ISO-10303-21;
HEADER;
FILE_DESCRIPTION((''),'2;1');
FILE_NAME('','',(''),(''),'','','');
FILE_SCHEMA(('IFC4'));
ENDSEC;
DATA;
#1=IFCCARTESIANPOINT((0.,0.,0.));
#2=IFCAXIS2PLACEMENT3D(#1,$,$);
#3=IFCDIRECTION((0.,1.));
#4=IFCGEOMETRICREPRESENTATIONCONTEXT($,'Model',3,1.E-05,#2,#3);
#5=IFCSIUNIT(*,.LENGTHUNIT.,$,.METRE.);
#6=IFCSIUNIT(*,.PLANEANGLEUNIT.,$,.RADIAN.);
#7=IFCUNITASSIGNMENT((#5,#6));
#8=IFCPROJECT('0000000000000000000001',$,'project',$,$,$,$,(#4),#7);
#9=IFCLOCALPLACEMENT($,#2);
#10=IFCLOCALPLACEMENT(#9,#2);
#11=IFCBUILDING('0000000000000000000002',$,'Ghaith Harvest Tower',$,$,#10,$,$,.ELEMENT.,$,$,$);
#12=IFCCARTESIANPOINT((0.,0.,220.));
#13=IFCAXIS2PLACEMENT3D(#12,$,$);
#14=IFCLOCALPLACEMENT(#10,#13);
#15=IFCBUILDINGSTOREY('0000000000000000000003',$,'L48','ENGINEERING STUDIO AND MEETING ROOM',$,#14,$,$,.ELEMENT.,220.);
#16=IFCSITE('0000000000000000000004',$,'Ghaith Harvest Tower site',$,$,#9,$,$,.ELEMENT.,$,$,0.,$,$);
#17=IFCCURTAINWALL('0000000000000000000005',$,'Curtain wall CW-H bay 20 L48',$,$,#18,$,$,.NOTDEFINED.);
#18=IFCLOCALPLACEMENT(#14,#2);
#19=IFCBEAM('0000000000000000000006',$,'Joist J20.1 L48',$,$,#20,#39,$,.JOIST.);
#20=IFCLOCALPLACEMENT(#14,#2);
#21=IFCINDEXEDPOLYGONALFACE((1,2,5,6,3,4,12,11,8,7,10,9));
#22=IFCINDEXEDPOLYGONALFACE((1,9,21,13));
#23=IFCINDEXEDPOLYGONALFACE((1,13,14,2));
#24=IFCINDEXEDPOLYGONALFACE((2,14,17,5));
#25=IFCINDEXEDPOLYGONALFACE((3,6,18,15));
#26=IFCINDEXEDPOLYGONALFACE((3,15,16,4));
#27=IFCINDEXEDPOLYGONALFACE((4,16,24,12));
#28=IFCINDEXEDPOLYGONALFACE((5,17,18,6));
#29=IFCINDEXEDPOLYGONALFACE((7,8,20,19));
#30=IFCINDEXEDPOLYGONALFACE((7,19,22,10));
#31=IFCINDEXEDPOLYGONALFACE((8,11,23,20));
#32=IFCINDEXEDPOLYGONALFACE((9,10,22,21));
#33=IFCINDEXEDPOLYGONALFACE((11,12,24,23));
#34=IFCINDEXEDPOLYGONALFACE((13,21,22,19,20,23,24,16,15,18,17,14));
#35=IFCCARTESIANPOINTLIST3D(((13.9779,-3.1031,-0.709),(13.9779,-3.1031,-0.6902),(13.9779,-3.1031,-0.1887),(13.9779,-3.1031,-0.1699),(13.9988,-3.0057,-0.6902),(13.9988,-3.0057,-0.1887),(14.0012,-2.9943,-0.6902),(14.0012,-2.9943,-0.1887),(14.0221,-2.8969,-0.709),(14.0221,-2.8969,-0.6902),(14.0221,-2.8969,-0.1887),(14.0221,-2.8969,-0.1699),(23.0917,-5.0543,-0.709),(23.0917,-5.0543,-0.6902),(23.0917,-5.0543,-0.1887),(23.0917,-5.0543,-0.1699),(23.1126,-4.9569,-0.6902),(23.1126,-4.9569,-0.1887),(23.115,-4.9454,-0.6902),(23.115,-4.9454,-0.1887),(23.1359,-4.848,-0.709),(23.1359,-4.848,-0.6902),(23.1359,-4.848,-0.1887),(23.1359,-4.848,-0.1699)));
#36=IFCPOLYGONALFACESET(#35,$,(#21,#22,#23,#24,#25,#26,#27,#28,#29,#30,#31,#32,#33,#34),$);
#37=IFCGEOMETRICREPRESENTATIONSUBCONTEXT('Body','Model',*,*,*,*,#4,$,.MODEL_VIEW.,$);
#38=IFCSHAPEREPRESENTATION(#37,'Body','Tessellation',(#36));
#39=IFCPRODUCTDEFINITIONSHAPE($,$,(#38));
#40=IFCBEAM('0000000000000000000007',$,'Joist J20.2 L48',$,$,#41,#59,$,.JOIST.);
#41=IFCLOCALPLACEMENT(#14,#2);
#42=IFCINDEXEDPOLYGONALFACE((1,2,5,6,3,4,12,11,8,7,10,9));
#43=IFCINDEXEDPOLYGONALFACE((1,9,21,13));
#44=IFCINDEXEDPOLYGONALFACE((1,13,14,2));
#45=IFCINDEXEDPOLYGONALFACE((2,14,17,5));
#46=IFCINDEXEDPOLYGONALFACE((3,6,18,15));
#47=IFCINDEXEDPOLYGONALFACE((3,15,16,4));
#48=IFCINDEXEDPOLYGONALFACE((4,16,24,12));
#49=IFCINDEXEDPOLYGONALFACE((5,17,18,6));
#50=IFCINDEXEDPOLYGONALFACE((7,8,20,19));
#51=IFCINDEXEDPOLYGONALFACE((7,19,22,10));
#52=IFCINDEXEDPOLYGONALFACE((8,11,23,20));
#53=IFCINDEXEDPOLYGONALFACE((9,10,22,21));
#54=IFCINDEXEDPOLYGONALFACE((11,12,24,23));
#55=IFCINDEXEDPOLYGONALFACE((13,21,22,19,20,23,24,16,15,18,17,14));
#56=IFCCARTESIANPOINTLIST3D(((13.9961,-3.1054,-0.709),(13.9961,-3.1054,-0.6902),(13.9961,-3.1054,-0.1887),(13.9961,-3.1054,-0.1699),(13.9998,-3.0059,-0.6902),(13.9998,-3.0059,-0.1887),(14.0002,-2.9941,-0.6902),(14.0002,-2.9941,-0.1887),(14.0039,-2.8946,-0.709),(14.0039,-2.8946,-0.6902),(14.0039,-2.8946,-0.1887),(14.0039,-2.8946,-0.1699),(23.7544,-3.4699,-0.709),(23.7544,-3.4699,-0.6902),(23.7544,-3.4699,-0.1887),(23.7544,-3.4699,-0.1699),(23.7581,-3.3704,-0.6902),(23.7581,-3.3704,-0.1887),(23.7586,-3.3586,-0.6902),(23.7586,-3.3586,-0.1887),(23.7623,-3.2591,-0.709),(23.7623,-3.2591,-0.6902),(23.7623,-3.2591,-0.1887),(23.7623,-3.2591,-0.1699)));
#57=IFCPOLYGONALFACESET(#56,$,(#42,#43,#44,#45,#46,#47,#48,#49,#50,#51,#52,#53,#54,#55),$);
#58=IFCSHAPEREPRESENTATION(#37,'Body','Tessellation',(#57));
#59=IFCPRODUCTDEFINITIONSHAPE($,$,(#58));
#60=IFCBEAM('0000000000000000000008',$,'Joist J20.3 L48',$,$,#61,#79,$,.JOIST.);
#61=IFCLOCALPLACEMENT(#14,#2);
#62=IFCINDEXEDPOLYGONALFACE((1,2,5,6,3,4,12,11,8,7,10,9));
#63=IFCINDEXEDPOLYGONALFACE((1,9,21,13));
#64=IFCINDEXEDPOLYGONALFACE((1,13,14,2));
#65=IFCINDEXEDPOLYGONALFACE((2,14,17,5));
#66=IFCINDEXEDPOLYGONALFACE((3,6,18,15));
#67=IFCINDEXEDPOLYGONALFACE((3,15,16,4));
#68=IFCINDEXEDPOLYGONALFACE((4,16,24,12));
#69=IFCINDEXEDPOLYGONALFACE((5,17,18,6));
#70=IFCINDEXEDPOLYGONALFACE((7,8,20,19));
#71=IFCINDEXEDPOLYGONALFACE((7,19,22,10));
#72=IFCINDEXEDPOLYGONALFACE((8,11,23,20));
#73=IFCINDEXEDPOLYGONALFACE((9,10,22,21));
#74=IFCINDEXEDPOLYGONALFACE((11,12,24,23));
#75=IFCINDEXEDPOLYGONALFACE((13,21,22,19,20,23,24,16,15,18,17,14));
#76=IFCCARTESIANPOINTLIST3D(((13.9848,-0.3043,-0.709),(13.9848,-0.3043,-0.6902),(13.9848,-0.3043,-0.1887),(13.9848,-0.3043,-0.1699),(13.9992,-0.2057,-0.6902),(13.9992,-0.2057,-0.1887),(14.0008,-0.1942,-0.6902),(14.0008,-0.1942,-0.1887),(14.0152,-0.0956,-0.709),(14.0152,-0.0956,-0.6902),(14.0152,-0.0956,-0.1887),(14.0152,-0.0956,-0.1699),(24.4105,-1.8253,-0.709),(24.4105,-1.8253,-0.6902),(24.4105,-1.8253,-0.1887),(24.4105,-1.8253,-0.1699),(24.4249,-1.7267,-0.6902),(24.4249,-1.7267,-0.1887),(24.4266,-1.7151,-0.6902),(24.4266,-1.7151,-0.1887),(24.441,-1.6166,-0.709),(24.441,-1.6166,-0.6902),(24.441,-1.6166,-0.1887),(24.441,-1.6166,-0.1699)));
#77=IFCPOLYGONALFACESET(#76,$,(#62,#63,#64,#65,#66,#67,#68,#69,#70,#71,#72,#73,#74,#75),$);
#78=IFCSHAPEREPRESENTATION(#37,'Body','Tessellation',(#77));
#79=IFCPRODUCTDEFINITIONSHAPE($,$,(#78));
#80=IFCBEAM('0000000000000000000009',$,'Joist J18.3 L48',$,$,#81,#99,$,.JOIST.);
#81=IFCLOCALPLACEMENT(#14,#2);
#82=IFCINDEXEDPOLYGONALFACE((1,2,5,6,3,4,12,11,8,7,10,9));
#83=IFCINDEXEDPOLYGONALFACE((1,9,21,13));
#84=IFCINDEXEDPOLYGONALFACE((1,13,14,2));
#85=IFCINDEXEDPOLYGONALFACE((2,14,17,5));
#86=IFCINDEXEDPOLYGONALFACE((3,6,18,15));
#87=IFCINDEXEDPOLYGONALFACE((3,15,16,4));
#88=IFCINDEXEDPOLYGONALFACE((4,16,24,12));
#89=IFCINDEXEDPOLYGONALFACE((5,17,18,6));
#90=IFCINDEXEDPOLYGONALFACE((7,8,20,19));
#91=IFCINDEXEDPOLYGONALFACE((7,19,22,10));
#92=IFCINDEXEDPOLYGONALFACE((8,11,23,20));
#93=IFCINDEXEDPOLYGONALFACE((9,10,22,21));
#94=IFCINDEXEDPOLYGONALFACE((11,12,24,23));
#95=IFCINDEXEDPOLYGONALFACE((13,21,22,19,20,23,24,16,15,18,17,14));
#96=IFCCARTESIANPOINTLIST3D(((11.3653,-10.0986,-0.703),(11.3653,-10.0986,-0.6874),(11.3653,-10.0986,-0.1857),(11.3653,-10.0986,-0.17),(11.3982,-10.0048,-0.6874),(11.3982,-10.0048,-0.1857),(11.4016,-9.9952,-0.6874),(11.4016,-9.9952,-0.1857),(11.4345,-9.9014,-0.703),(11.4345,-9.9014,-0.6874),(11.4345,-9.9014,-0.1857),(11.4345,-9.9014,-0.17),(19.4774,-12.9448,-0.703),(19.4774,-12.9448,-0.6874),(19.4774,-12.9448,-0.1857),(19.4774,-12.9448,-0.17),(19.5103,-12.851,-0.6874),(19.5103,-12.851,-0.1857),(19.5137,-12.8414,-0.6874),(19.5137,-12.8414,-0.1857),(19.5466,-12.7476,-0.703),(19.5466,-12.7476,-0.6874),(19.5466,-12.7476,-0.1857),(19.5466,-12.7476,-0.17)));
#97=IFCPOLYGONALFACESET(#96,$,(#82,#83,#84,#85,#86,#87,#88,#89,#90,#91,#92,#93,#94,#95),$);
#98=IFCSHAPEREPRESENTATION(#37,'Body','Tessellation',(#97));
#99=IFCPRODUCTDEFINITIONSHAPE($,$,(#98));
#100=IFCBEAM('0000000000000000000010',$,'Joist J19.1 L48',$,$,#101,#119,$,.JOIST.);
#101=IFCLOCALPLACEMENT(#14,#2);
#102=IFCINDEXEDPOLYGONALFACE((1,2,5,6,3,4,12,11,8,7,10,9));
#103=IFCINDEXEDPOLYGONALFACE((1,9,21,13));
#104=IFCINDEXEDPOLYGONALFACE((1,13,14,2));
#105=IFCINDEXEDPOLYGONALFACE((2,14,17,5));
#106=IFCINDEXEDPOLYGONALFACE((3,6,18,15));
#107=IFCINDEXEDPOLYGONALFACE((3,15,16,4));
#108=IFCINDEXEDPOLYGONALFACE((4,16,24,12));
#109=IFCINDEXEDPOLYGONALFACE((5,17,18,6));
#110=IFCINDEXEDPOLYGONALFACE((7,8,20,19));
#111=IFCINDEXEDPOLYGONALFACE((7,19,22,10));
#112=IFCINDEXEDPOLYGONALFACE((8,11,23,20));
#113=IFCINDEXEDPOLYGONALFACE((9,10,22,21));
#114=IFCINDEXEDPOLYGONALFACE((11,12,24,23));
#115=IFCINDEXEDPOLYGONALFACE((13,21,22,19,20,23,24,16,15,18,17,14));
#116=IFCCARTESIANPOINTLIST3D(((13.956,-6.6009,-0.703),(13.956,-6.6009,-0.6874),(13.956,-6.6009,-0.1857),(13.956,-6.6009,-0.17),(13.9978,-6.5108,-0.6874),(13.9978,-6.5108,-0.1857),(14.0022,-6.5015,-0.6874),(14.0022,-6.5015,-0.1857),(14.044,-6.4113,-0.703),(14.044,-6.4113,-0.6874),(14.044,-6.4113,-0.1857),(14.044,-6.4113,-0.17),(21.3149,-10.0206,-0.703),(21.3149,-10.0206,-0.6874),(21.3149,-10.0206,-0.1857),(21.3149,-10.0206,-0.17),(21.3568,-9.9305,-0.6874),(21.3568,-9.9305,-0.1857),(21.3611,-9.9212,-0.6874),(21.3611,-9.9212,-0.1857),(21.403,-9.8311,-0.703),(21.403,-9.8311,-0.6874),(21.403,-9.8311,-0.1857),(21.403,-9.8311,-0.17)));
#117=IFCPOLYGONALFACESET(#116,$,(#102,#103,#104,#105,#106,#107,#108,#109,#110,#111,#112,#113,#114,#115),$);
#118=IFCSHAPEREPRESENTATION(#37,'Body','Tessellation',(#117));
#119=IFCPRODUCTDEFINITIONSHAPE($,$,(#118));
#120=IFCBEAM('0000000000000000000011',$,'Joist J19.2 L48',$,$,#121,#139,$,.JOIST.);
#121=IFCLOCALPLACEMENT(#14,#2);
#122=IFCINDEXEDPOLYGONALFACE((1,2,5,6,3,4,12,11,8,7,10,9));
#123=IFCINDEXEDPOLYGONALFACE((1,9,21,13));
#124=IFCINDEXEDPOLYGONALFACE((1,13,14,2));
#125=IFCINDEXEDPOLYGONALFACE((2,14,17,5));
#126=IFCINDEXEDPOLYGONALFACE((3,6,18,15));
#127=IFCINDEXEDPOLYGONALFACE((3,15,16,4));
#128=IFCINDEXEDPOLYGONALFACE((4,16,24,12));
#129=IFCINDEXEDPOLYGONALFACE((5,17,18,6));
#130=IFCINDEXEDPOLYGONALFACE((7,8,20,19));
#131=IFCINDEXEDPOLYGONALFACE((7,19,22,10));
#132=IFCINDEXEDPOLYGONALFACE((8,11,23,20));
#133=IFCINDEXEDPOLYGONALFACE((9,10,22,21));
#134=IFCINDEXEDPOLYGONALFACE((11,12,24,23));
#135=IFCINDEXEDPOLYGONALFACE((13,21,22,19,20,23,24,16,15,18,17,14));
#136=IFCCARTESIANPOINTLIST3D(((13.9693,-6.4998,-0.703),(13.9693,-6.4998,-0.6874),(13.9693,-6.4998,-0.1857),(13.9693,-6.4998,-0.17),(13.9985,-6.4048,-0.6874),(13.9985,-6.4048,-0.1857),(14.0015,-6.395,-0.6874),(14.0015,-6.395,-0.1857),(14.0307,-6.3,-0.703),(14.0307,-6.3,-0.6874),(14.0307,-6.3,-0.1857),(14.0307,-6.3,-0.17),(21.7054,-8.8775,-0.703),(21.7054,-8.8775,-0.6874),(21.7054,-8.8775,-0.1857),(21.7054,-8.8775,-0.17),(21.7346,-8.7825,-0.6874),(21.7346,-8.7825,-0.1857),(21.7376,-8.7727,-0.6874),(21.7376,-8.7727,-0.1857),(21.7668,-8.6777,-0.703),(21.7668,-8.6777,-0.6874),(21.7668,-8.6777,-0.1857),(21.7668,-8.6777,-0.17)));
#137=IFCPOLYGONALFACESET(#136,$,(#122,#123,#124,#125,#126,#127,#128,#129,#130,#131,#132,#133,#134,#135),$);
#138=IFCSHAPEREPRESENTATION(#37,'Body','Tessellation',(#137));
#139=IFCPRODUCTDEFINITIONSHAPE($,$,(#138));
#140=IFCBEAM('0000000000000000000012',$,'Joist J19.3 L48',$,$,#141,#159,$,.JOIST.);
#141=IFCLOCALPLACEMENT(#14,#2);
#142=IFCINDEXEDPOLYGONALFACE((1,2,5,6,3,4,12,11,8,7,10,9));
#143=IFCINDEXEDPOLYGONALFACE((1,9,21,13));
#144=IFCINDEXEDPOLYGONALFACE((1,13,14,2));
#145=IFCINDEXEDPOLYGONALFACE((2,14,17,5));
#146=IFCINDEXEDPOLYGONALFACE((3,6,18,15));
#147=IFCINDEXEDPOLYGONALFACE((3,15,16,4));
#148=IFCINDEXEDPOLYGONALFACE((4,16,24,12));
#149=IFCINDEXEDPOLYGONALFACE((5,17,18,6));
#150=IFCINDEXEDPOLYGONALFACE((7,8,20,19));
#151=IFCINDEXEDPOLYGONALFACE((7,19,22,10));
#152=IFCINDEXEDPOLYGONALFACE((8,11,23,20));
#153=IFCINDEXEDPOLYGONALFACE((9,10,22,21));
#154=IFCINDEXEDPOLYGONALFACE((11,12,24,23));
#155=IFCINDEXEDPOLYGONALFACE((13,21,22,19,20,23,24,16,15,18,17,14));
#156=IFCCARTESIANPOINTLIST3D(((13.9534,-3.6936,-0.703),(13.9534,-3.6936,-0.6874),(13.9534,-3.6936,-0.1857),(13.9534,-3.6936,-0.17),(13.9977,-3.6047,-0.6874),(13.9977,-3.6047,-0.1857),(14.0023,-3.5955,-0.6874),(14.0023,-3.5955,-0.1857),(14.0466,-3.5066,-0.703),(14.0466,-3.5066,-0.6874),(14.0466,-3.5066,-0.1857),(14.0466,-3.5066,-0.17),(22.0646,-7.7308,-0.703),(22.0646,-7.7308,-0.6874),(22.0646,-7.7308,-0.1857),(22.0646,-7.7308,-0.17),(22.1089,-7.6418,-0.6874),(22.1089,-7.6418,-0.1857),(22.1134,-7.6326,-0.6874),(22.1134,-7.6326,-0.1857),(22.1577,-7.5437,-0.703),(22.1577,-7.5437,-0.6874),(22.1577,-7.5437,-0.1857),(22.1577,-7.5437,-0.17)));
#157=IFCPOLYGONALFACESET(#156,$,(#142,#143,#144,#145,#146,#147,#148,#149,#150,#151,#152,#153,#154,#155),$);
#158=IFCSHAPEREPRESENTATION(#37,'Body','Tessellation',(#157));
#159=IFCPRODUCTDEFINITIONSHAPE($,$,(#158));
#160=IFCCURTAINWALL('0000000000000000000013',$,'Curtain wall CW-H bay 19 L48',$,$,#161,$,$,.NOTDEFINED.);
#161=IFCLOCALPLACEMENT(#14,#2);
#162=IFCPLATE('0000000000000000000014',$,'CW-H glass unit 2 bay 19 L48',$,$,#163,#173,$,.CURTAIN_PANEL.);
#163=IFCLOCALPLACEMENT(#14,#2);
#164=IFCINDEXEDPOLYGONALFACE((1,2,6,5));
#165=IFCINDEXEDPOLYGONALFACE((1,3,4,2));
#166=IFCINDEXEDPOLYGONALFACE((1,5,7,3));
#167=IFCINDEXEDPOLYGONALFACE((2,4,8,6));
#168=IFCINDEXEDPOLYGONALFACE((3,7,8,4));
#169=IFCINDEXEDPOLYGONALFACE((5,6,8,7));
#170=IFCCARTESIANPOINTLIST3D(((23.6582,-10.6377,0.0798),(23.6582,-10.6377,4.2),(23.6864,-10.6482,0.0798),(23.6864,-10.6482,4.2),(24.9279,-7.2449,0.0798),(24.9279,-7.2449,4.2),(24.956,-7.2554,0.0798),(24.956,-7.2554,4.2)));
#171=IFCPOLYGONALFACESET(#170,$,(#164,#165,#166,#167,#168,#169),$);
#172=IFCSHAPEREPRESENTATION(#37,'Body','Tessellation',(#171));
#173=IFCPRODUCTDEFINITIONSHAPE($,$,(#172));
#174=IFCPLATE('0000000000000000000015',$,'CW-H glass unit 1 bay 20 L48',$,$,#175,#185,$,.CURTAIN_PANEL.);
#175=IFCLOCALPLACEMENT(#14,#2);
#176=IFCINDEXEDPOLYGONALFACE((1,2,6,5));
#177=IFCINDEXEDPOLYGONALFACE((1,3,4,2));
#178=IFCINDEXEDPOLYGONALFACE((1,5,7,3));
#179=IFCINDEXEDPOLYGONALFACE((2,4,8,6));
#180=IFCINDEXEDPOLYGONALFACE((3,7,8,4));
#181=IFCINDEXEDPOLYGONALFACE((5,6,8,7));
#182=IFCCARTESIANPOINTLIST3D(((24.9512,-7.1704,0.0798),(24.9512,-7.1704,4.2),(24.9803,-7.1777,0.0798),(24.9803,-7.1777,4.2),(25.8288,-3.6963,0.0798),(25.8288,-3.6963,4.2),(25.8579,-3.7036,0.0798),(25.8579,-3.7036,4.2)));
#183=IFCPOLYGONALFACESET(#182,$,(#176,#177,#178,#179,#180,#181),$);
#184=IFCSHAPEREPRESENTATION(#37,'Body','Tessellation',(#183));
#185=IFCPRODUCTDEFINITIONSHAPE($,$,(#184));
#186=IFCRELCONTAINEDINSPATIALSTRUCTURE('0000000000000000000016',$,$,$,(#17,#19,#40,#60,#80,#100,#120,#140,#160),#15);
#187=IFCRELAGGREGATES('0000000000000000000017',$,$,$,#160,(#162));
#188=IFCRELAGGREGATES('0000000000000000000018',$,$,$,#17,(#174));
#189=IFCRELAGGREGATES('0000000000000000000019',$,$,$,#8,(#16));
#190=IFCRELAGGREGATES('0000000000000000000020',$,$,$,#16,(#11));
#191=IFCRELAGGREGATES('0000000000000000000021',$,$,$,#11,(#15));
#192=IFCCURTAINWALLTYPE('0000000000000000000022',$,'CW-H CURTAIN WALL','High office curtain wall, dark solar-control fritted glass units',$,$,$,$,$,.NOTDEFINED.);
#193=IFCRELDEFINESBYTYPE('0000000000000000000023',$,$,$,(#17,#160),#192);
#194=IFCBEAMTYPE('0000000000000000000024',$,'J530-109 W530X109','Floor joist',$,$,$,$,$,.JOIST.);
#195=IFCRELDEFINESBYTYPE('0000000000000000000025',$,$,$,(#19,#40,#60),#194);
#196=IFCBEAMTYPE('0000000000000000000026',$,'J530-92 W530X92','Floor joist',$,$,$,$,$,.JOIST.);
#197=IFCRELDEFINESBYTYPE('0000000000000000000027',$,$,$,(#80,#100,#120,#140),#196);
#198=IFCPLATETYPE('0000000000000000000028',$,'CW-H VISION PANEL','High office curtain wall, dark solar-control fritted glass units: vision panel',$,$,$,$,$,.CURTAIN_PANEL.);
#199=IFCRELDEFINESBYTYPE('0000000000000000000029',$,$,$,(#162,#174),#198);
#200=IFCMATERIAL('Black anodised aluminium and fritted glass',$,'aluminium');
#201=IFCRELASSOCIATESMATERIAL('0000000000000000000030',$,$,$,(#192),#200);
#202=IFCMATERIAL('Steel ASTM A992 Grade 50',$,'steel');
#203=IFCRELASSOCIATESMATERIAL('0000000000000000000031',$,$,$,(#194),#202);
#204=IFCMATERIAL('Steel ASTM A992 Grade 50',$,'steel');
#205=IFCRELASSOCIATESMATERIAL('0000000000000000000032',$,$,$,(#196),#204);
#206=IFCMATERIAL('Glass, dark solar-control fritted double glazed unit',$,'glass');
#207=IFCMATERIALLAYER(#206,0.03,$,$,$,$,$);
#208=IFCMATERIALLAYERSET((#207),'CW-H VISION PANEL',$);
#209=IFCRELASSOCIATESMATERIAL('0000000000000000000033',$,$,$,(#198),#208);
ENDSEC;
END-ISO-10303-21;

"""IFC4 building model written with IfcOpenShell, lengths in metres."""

from ifc_helpers import new_model, si_unit, direction, frame, origin, origin_2d, place, context, subcontext, project, spatial, rectangle, i_section, extrude, material, layer, layer_set, material_profile, profile_set, type_object, element, aggregate, save


model = new_model("IFC4")

# Units and contexts
model_context = context("Model", 3, precision=1e-05, world=origin(), true_north=direction((0.0, 1.0)))
body_context = subcontext(model_context, "Body", "Model", "MODEL_VIEW")
ifc_project = project(units=[si_unit("LENGTHUNIT", "METRE"), si_unit("PLANEANGLEUNIT", "RADIAN")], contexts=[model_context])

# Site, building, storey
site_placement = place(None, origin())
site = spatial("IfcSite", under=ifc_project, at=site_placement, Name="Ghaith Harvest Tower site", CompositionType="ELEMENT", RefElevation=0.0)
building_placement = place(site_placement, origin())
building = spatial("IfcBuilding", under=site, at=building_placement, Name="Ghaith Harvest Tower", CompositionType="ELEMENT")
storey_placement = place(building_placement, frame((0.0, 0.0, 220.0)))
storey = spatial("IfcBuildingStorey", under=building, at=storey_placement, Name="L48", Description="ENGINEERING STUDIO AND MEETING ROOM", CompositionType="ELEMENT", Elevation=220.0)

# Curtain wall
ifc_material_1 = material(Name="Black anodised aluminium and fritted glass", Category="aluminium")
curtain_wall_type = type_object("IfcCurtainWallType", Name="CW-H CURTAIN WALL", Description="High office curtain wall, dark solar-control fritted glass units", PredefinedType="NOTDEFINED", material=ifc_material_1)
curtain_wall_1_placement = place(storey_placement, origin())
curtain_wall_1 = element("IfcCurtainWall", 1, at=curtain_wall_1_placement, inside=storey, type_object=curtain_wall_type, Name="Curtain wall CW-H bay 20 L48", PredefinedType="NOTDEFINED")

# Beams
ifc_material_2 = material(Name="Steel ASTM A992 Grade 50", Category="steel")
ifc_material_profile_1 = material_profile(ifc_material_2, i_section(OverallWidth=0.2109, OverallDepth=0.5391, WebThickness=0.0117, FlangeThickness=0.0188, at=origin_2d()), Name="W530X109")
ifc_profile_set_1 = profile_set([ifc_material_profile_1], Name="Steel ASTM A992 Grade 50")
beam_type_1 = type_object("IfcBeamType", Name="J530-109 W530X109", Description="Floor joist", PredefinedType="JOIST", material=ifc_profile_set_1)
beam_1_placement = place(storey_placement, frame((14.0, -3.0, -0.4395), z_axis=(0.977841, -0.209347, 0.0), x_axis=(0.209347, 0.977841, 0.0)))
element("IfcBeam", 2, at=beam_1_placement, inside=storey, type_object=beam_type_1, Name="Joist J20.1 L48", PredefinedType="JOIST", context=body_context, shape_type="SweptSolid", body=[
    extrude(i_section(OverallWidth=0.2109, OverallDepth=0.5391, WebThickness=0.0117, FlangeThickness=0.0188, at=origin_2d()), origin(), (0.0, 0.0, 1.0), 9.3203),
])
beam_2_placement = place(storey_placement, frame((14.0, -3.0, -0.4395), z_axis=(0.999303, -0.037327, 0.0), x_axis=(0.037327, 0.999303, 0.0)))
element("IfcBeam", 3, at=beam_2_placement, inside=storey, type_object=beam_type_1, Name="Joist J20.2 L48", PredefinedType="JOIST", context=body_context, shape_type="SweptSolid", body=[
    extrude(i_section(OverallWidth=0.2109, OverallDepth=0.5391, WebThickness=0.0117, FlangeThickness=0.0188, at=origin_2d()), origin(), (0.0, 0.0, 1.0), 9.7651),
])
beam_3_placement = place(storey_placement, frame((14.0, -0.2, -0.4395), z_axis=(0.989525, -0.14436, 0.0), x_axis=(0.14436, 0.989525, 0.0)))
element("IfcBeam", 4, at=beam_3_placement, inside=storey, type_object=beam_type_1, Name="Joist J20.3 L48", PredefinedType="JOIST", context=body_context, shape_type="SweptSolid", body=[
    extrude(i_section(OverallWidth=0.2109, OverallDepth=0.5391, WebThickness=0.0117, FlangeThickness=0.0188, at=origin_2d()), origin(), (0.0, 0.0, 1.0), 10.5361),
])
ifc_material_3 = material(Name="Steel ASTM A992 Grade 50", Category="steel")
ifc_material_profile_2 = material_profile(ifc_material_3, i_section(OverallWidth=0.209, OverallDepth=0.533, WebThickness=0.0103, FlangeThickness=0.0156, at=origin_2d()), Name="W530X92")
ifc_profile_set_2 = profile_set([ifc_material_profile_2], Name="Steel ASTM A992 Grade 50")
beam_type_2 = type_object("IfcBeamType", Name="J530-92 W530X92", Description="Floor joist", PredefinedType="JOIST", material=ifc_profile_set_2)
beam_4_placement = place(storey_placement, frame((11.3999, -10.0, -0.4365), z_axis=(0.943605, -0.331073, 0.0), x_axis=(0.331073, 0.943605, 0.0)))
element("IfcBeam", 5, at=beam_4_placement, inside=storey, type_object=beam_type_2, Name="Joist J18.3 L48", PredefinedType="JOIST", context=body_context, shape_type="SweptSolid", body=[
    extrude(i_section(OverallWidth=0.209, OverallDepth=0.533, WebThickness=0.0103, FlangeThickness=0.0156, at=origin_2d()), origin(), (0.0, 0.0, 1.0), 8.5969),
])
beam_5_placement = place(storey_placement, frame((14.0, -6.5061, -0.4365), z_axis=(0.906865, -0.421421, 0.0), x_axis=(0.421421, 0.906865, 0.0)))
element("IfcBeam", 6, at=beam_5_placement, inside=storey, type_object=beam_type_2, Name="Joist J19.1 L48", PredefinedType="JOIST", context=body_context, shape_type="SweptSolid", body=[
    extrude(i_section(OverallWidth=0.209, OverallDepth=0.533, WebThickness=0.0103, FlangeThickness=0.0156, at=origin_2d()), origin(), (0.0, 0.0, 1.0), 8.1147),
])
beam_6_placement = place(storey_placement, frame((14.0, -6.3999, -0.4365), z_axis=(0.955871, -0.293787, 0.0), x_axis=(0.293787, 0.955871, 0.0)))
element("IfcBeam", 7, at=beam_6_placement, inside=storey, type_object=beam_type_2, Name="Joist J19.2 L48", PredefinedType="JOIST", context=body_context, shape_type="SweptSolid", body=[
    extrude(i_section(OverallWidth=0.209, OverallDepth=0.533, WebThickness=0.0103, FlangeThickness=0.0156, at=origin_2d()), origin(), (0.0, 0.0, 1.0), 8.0933),
])
beam_7_placement = place(storey_placement, frame((14.0, -3.6001, -0.4365), z_axis=(0.895239, -0.445585, 0.0), x_axis=(0.445585, 0.895239, 0.0)))
element("IfcBeam", 8, at=beam_7_placement, inside=storey, type_object=beam_type_2, Name="Joist J19.3 L48", PredefinedType="JOIST", context=body_context, shape_type="SweptSolid", body=[
    extrude(i_section(OverallWidth=0.209, OverallDepth=0.533, WebThickness=0.0103, FlangeThickness=0.0156, at=origin_2d()), origin(), (0.0, 0.0, 1.0), 9.0603),
])

# Curtain wall, plate
curtain_wall_2_placement = place(storey_placement, origin())
curtain_wall_2 = element("IfcCurtainWall", 9, at=curtain_wall_2_placement, inside=storey, type_object=curtain_wall_type, Name="Curtain wall CW-H bay 19 L48", PredefinedType="NOTDEFINED")
ifc_material_4 = material(Name="Glass, dark solar-control fritted double glazed unit", Category="glass")
ifc_layer_1 = layer(ifc_material_4, 0.03)
ifc_layer_set_1 = layer_set([ifc_layer_1], Name="CW-H VISION PANEL")
plate_type_1 = type_object("IfcPlateType", Name="CW-H VISION PANEL", Description="High office curtain wall, dark solar-control fritted glass units: vision panel", PredefinedType="CURTAIN_PANEL", material=ifc_layer_set_1)
plate_1_placement = place(storey_placement, frame((24.3071, -8.9465, 0.0798), z_axis=(0.0, 0.0, 1.0), x_axis=(0.350481, 0.93657, 0.0)))
plate_1 = element("IfcPlate", 10, at=plate_1_placement, type_object=plate_type_1, Name="CW-H glass unit 2 bay 19 L48", PredefinedType="CURTAIN_PANEL", context=body_context, shape_type="SweptSolid", body=[
    extrude(rectangle(XDim=3.6226, YDim=0.03, at=origin_2d()), origin(), (0.0, 0.0, 1.0), 4.1201),
])
aggregate(curtain_wall_2, [plate_1])

# Plate
plate_2_placement = place(storey_placement, frame((25.4045, -5.437, 0.0798), z_axis=(0.0, 0.0, 1.0), x_axis=(0.244926, 0.969542, 0.0)))
plate_2 = element("IfcPlate", 11, at=plate_2_placement, type_object=plate_type_1, Name="CW-H glass unit 1 bay 20 L48", PredefinedType="CURTAIN_PANEL", context=body_context, shape_type="SweptSolid", body=[
    extrude(rectangle(XDim=3.5833, YDim=0.03, at=origin_2d()), origin(), (0.0, 0.0, 1.0), 4.1201),
])
aggregate(curtain_wall_1, [plate_2])

save(model, "model.ifc")
